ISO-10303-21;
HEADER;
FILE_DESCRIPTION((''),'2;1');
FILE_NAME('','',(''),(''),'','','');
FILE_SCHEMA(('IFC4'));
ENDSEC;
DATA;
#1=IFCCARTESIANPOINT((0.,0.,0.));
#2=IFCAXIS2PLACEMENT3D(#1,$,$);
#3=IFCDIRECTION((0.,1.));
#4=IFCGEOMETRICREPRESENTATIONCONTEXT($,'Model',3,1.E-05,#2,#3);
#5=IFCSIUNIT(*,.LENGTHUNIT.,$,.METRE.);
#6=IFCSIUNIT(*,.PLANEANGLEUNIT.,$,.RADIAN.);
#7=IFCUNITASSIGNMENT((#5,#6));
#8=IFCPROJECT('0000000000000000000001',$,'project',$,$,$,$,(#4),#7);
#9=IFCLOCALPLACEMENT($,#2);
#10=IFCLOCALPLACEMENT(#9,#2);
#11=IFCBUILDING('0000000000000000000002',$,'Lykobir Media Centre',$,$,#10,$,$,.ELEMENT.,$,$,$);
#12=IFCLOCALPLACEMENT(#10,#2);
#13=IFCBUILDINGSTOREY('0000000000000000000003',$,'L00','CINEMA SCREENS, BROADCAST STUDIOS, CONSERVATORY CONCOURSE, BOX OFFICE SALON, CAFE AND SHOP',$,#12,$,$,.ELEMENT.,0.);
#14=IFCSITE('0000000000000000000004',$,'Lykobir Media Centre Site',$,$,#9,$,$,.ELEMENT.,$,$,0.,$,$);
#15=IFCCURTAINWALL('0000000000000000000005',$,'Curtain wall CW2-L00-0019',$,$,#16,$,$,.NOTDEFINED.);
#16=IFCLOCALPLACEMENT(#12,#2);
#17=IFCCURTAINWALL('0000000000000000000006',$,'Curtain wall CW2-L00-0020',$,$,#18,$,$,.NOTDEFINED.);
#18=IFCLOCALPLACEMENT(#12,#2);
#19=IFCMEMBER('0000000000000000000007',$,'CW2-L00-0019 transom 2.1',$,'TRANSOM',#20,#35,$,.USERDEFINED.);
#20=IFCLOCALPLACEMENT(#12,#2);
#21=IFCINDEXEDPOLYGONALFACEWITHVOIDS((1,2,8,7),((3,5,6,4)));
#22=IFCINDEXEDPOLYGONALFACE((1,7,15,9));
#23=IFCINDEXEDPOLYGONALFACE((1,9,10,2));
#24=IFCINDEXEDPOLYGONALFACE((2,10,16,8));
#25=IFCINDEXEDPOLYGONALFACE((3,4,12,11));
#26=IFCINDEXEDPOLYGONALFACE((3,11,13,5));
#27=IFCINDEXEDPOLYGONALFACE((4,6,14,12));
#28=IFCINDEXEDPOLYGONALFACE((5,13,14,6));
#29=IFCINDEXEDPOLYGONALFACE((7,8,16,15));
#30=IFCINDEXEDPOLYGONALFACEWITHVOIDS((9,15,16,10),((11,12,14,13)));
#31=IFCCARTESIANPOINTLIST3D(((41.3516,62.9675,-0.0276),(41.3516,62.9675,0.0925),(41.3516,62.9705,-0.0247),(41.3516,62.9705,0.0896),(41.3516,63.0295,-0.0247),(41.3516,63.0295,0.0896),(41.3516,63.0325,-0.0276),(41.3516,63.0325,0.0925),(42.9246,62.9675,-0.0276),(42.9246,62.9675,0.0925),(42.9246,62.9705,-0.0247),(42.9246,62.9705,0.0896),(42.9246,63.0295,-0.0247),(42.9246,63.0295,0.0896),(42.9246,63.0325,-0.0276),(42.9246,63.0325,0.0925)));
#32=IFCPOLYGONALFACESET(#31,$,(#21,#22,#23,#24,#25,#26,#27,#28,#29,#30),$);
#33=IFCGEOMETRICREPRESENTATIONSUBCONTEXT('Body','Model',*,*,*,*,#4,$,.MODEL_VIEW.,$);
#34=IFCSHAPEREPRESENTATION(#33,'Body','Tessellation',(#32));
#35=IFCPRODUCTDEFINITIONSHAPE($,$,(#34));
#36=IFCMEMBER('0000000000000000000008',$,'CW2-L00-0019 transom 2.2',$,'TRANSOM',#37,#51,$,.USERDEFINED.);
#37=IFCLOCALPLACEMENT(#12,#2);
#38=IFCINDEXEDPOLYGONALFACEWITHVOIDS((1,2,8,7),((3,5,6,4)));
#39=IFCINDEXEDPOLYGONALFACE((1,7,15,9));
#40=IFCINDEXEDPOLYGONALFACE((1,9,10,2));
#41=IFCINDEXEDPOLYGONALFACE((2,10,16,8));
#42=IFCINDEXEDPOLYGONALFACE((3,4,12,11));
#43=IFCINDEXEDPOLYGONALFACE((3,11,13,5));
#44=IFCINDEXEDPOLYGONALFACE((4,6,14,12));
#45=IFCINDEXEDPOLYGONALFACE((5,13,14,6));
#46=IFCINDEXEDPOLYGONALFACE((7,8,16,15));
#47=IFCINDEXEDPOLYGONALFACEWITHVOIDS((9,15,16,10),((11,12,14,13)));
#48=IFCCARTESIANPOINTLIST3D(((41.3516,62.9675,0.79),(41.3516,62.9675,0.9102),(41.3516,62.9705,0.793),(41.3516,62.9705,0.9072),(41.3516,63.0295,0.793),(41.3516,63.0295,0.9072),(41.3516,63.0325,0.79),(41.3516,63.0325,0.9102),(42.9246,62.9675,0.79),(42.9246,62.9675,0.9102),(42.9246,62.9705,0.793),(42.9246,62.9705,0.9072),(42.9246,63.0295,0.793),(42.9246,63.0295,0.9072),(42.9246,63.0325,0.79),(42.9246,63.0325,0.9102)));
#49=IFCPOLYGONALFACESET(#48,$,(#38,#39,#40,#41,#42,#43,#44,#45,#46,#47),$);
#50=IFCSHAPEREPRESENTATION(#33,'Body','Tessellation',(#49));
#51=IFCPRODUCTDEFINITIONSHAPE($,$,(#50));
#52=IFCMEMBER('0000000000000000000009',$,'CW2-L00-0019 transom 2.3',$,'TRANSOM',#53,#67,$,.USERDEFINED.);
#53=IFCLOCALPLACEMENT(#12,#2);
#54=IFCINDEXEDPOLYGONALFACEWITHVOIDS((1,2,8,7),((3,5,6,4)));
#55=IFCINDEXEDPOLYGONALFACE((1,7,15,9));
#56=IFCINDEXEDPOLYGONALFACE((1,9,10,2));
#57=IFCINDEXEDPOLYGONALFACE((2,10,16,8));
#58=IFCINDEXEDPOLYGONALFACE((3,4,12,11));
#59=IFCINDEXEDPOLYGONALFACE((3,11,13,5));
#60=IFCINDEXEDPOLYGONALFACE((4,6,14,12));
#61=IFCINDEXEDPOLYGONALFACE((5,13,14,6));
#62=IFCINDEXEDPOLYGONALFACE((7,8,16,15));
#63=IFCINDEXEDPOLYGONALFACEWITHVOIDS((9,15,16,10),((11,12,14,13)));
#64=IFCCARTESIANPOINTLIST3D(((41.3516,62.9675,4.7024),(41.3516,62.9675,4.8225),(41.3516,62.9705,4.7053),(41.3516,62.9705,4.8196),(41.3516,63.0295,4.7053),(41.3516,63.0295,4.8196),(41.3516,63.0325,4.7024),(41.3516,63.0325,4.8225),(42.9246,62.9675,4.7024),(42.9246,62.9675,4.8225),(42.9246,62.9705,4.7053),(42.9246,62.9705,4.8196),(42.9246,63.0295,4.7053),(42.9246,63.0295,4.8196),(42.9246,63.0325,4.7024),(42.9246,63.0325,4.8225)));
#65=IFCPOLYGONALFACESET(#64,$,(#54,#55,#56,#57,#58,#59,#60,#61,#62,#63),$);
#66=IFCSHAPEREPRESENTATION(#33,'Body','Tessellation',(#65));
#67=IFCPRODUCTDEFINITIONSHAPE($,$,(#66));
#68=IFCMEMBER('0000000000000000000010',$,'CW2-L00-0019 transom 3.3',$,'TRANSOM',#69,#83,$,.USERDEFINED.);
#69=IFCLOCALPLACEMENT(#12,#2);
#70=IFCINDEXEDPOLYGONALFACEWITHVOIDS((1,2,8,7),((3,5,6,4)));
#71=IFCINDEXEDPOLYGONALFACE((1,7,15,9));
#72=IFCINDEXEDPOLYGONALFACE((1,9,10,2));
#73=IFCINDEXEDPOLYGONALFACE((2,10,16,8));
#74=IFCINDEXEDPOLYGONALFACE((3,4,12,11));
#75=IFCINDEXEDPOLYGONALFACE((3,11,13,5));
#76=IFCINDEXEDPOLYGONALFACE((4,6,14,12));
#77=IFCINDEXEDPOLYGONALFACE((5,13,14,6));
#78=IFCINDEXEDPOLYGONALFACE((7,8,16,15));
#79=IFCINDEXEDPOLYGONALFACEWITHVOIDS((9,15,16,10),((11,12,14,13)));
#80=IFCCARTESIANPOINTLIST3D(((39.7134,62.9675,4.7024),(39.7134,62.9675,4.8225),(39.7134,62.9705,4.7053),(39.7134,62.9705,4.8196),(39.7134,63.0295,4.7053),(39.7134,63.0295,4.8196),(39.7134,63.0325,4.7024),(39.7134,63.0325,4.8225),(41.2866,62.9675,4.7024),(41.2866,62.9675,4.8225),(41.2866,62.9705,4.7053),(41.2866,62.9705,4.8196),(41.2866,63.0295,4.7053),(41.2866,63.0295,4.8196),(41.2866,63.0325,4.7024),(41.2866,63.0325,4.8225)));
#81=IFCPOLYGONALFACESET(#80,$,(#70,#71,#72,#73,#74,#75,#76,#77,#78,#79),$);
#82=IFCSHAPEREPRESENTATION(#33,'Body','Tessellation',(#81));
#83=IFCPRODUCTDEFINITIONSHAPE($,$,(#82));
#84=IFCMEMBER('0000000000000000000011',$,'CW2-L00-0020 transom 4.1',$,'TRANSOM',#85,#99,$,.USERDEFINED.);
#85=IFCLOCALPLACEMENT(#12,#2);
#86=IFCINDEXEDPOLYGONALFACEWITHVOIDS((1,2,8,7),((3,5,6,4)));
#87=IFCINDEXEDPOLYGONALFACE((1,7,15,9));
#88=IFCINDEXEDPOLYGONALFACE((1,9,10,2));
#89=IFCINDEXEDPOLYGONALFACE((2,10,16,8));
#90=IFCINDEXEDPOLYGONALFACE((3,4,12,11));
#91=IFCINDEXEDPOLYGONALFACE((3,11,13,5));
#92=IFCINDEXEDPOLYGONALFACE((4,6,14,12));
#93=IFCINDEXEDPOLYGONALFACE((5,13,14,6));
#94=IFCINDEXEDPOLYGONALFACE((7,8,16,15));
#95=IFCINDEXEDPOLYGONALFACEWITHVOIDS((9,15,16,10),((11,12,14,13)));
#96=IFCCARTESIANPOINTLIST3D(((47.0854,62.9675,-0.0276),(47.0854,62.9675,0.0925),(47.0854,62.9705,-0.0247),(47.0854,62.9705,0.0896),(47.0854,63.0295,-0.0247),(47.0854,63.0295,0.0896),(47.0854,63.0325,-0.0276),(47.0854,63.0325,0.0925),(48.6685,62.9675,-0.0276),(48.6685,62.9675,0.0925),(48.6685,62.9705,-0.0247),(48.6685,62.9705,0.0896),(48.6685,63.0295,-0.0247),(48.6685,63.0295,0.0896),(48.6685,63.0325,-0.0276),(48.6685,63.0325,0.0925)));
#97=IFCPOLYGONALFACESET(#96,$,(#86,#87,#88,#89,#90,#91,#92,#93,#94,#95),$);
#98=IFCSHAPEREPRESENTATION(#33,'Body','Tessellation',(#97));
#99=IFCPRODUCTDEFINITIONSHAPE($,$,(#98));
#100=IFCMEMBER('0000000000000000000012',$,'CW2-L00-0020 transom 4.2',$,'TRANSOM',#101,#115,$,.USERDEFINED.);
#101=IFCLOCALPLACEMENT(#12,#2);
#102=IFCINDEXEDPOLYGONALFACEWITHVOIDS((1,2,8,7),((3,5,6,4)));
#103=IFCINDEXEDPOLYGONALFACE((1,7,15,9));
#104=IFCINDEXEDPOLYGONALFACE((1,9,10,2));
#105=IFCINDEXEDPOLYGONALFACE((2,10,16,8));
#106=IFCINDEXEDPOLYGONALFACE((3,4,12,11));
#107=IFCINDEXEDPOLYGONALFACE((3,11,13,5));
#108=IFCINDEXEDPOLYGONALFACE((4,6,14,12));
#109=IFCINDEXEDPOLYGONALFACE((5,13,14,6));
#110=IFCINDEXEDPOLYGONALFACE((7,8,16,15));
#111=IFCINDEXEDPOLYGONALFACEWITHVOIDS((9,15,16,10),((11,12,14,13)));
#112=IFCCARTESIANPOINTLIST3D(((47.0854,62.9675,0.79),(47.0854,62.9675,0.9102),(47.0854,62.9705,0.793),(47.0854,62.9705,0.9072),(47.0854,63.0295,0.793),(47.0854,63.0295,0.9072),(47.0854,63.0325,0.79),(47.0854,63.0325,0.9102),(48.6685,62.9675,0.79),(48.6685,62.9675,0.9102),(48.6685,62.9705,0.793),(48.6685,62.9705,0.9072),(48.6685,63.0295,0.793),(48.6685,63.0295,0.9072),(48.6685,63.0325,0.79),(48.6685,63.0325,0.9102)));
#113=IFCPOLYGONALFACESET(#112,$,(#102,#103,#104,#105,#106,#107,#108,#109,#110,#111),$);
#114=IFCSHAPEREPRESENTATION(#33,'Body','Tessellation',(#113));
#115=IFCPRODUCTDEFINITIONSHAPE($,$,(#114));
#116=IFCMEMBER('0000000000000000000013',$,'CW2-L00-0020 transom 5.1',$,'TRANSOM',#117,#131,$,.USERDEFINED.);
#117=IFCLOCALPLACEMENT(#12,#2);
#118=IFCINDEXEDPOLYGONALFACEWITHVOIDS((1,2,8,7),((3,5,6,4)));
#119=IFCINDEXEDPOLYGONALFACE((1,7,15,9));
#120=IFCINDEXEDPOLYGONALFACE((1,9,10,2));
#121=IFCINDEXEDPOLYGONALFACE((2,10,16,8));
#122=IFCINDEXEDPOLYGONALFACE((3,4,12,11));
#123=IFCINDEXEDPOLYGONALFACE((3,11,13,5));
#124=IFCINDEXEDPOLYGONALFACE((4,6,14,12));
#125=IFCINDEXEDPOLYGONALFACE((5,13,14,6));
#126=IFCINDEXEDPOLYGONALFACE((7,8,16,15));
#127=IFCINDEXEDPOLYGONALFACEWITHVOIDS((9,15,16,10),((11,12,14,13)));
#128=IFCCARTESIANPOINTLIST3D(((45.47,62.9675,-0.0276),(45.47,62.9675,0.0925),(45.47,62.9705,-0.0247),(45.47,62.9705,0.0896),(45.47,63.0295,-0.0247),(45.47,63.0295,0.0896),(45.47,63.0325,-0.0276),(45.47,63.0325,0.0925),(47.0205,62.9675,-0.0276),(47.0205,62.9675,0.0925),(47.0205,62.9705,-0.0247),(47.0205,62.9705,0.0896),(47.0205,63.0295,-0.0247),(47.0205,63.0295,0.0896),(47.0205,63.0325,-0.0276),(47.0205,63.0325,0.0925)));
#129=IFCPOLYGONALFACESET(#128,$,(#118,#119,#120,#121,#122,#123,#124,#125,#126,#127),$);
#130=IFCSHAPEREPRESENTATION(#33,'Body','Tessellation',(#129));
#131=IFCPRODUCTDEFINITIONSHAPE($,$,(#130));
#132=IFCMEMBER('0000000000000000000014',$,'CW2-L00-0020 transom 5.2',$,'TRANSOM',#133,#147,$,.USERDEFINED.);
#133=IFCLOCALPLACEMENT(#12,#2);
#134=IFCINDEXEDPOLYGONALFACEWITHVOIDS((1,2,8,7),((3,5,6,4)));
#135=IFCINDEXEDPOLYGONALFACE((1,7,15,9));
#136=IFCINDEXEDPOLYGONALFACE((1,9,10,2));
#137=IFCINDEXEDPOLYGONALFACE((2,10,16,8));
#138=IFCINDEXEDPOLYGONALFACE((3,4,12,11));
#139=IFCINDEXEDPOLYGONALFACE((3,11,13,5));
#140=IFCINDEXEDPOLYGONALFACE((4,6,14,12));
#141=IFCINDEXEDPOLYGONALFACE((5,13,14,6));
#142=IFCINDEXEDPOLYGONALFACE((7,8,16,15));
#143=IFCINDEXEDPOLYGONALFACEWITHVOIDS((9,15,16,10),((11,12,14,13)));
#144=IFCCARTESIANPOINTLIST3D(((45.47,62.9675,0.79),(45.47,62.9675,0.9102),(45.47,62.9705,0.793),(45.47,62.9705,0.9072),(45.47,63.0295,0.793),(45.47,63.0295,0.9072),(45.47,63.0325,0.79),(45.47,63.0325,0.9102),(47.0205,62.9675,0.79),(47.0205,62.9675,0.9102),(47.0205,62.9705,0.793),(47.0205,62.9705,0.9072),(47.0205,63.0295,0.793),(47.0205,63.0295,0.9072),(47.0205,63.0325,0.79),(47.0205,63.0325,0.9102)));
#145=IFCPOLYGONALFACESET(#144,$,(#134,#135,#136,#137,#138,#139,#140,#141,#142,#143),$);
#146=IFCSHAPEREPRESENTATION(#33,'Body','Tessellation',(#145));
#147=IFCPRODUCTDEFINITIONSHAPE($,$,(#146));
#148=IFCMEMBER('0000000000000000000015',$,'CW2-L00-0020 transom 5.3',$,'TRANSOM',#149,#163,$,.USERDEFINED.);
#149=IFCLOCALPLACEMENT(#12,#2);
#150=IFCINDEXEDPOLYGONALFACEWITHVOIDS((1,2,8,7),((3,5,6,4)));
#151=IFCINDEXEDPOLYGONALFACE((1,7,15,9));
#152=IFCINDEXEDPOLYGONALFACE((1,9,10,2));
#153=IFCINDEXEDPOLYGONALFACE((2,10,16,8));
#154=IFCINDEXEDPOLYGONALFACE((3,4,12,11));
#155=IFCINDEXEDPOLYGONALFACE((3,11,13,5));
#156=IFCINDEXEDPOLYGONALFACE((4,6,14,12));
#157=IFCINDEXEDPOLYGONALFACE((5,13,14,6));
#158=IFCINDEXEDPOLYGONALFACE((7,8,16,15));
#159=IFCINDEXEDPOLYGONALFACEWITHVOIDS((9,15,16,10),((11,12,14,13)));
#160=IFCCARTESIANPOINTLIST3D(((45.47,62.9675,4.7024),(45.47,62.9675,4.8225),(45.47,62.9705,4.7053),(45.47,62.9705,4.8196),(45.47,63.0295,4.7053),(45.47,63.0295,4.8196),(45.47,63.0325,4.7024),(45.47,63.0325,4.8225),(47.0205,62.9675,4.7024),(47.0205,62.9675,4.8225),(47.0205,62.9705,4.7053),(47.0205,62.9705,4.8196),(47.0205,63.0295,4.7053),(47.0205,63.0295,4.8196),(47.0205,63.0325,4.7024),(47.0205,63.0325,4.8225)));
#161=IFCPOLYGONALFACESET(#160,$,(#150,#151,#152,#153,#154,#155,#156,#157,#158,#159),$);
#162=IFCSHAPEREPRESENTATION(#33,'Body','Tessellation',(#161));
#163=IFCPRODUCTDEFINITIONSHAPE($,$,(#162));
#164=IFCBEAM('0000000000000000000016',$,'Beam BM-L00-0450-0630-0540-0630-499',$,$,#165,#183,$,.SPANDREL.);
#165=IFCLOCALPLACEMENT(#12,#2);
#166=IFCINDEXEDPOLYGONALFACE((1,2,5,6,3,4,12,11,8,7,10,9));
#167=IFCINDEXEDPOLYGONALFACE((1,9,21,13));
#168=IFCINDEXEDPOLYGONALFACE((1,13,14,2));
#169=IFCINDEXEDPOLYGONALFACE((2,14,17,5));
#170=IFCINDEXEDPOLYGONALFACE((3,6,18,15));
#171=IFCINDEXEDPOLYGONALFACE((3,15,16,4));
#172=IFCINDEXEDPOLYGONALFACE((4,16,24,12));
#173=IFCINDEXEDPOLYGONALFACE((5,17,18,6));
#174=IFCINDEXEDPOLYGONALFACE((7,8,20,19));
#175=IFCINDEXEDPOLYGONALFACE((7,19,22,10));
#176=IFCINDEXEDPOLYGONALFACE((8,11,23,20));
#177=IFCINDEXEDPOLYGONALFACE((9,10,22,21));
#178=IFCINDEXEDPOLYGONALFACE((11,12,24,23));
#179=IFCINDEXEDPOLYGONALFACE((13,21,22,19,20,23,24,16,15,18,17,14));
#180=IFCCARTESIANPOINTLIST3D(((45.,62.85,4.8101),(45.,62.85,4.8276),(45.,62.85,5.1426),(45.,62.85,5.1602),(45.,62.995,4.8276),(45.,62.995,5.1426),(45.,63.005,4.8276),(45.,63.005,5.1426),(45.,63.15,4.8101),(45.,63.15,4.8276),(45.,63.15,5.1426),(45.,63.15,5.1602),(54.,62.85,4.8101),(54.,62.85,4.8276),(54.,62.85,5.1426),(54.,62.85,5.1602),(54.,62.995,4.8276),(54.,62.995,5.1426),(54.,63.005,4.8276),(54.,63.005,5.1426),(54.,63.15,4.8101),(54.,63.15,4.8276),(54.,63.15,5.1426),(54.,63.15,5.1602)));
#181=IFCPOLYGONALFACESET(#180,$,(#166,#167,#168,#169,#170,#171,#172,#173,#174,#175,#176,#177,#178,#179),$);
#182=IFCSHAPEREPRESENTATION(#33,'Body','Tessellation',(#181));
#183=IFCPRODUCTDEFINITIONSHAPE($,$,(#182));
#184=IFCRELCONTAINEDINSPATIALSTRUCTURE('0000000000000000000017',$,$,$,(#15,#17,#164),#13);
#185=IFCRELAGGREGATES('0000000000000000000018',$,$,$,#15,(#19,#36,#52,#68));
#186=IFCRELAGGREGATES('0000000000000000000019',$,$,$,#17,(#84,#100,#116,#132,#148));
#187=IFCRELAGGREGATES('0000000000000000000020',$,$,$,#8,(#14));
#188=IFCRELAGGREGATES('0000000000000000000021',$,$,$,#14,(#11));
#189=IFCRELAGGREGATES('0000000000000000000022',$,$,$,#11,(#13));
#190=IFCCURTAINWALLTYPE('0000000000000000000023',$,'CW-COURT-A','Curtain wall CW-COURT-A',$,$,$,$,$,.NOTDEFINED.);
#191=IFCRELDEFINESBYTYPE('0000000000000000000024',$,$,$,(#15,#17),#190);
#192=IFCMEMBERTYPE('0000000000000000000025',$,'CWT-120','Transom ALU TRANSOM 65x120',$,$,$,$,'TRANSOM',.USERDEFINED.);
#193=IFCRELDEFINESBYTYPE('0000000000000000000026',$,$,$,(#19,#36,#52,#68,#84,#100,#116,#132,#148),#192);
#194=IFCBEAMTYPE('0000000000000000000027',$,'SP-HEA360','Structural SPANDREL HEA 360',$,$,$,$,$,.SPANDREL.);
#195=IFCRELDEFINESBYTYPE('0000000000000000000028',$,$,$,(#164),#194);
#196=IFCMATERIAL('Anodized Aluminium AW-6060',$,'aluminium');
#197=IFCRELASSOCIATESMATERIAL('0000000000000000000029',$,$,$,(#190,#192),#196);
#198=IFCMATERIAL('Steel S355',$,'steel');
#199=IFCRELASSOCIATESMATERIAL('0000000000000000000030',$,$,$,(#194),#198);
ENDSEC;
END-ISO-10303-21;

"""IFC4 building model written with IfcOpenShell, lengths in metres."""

from ifc_helpers import new_model, si_unit, direction, frame, origin, origin_2d, place, context, subcontext, project, spatial, hollow_rectangle, i_section, extrude, material, material_profile, profile_set, type_object, element, aggregate, save


model = new_model("IFC4")

# Units and contexts
model_context = context("Model", 3, precision=1e-05, world=origin(), true_north=direction((0.0, 1.0)))
body_context = subcontext(model_context, "Body", "Model", "MODEL_VIEW")
ifc_project = project(units=[si_unit("LENGTHUNIT", "METRE"), si_unit("PLANEANGLEUNIT", "RADIAN")], contexts=[model_context])

# Site, building, storey
site_placement = place(None, origin())
site = spatial("IfcSite", under=ifc_project, at=site_placement, Name="Lykobir Media Centre Site", CompositionType="ELEMENT", RefElevation=0.0)
building_placement = place(site_placement, origin())
building = spatial("IfcBuilding", under=site, at=building_placement, Name="Lykobir Media Centre", CompositionType="ELEMENT")
storey_placement = place(building_placement, origin())
storey = spatial("IfcBuildingStorey", under=building, at=storey_placement, Name="L00", Description="CINEMA SCREENS, BROADCAST STUDIOS, CONSERVATORY CONCOURSE, BOX OFFICE SALON, CAFE AND SHOP", CompositionType="ELEMENT", Elevation=0.0)

# Shared definitions
ifc_material_1 = material(Name="Steel S355", Category="steel")

# Curtain walls
ifc_material_2 = material(Name="Anodized Aluminium AW-6060", Category="aluminium")
curtain_wall_type = type_object("IfcCurtainWallType", Name="CW-COURT-A", Description="Curtain wall CW-COURT-A", PredefinedType="NOTDEFINED", material=ifc_material_2)
curtain_wall_1_placement = place(storey_placement, origin())
curtain_wall_1 = element("IfcCurtainWall", 1, at=curtain_wall_1_placement, inside=storey, type_object=curtain_wall_type, Name="Curtain wall CW2-L00-0019", PredefinedType="NOTDEFINED")
curtain_wall_2_placement = place(storey_placement, origin())
curtain_wall_2 = element("IfcCurtainWall", 2, at=curtain_wall_2_placement, inside=storey, type_object=curtain_wall_type, Name="Curtain wall CW2-L00-0020", PredefinedType="NOTDEFINED")

# Members
ifc_material_profile_1 = material_profile(ifc_material_2, hollow_rectangle(XDim=0.0649, YDim=0.1201, WallThickness=0.0029, at=origin_2d()), Name="ALU TRANSOM 65x120")
ifc_profile_set_1 = profile_set([ifc_material_profile_1], Name="Anodized Aluminium AW-6060")
member_type_1 = type_object("IfcMemberType", Name="CWT-120", Description="Transom ALU TRANSOM 65x120", ElementType="TRANSOM", PredefinedType="USERDEFINED", material=ifc_profile_set_1)
member_1_placement = place(storey_placement, frame((42.9246, 63.0, 0.0325), z_axis=(-1.0, 0.0, 0.0), x_axis=(0.0, -1.0, 0.0)))
member_1 = element("IfcMember", 3, at=member_1_placement, type_object=member_type_1, Name="CW2-L00-0019 transom 2.1", ObjectType="TRANSOM", PredefinedType="USERDEFINED", context=body_context, shape_type="SweptSolid", body=[
    extrude(hollow_rectangle(XDim=0.0649, YDim=0.1201, WallThickness=0.0029, at=origin_2d()), origin(), (0.0, 0.0, 1.0), 1.573),
])
member_2_placement = place(storey_placement, frame((42.9246, 63.0, 0.8501), z_axis=(-1.0, 0.0, 0.0), x_axis=(0.0, -1.0, 0.0)))
member_2 = element("IfcMember", 4, at=member_2_placement, type_object=member_type_1, Name="CW2-L00-0019 transom 2.2", ObjectType="TRANSOM", PredefinedType="USERDEFINED", context=body_context, shape_type="SweptSolid", body=[
    extrude(hollow_rectangle(XDim=0.0649, YDim=0.1201, WallThickness=0.0029, at=origin_2d()), origin(), (0.0, 0.0, 1.0), 1.573),
])
member_3_placement = place(storey_placement, frame((42.9246, 63.0, 4.7625), z_axis=(-1.0, 0.0, 0.0), x_axis=(0.0, -1.0, 0.0)))
member_3 = element("IfcMember", 5, at=member_3_placement, type_object=member_type_1, Name="CW2-L00-0019 transom 2.3", ObjectType="TRANSOM", PredefinedType="USERDEFINED", context=body_context, shape_type="SweptSolid", body=[
    extrude(hollow_rectangle(XDim=0.0649, YDim=0.1201, WallThickness=0.0029, at=origin_2d()), origin(), (0.0, 0.0, 1.0), 1.573),
])
member_4_placement = place(storey_placement, frame((41.2866, 63.0, 4.7625), z_axis=(-1.0, 0.0, 0.0), x_axis=(0.0, -1.0, 0.0)))
member_4 = element("IfcMember", 6, at=member_4_placement, type_object=member_type_1, Name="CW2-L00-0019 transom 3.3", ObjectType="TRANSOM", PredefinedType="USERDEFINED", context=body_context, shape_type="SweptSolid", body=[
    extrude(hollow_rectangle(XDim=0.0649, YDim=0.1201, WallThickness=0.0029, at=origin_2d()), origin(), (0.0, 0.0, 1.0), 1.5732),
])
member_5_placement = place(storey_placement, frame((48.6685, 63.0, 0.0325), z_axis=(-1.0, 0.0, 0.0), x_axis=(0.0, -1.0, 0.0)))
member_5 = element("IfcMember", 7, at=member_5_placement, type_object=member_type_1, Name="CW2-L00-0020 transom 4.1", ObjectType="TRANSOM", PredefinedType="USERDEFINED", context=body_context, shape_type="SweptSolid", body=[
    extrude(hollow_rectangle(XDim=0.0649, YDim=0.1201, WallThickness=0.0029, at=origin_2d()), origin(), (0.0, 0.0, 1.0), 1.583),
])
member_6_placement = place(storey_placement, frame((48.6685, 63.0, 0.8501), z_axis=(-1.0, 0.0, 0.0), x_axis=(0.0, -1.0, 0.0)))
member_6 = element("IfcMember", 8, at=member_6_placement, type_object=member_type_1, Name="CW2-L00-0020 transom 4.2", ObjectType="TRANSOM", PredefinedType="USERDEFINED", context=body_context, shape_type="SweptSolid", body=[
    extrude(hollow_rectangle(XDim=0.0649, YDim=0.1201, WallThickness=0.0029, at=origin_2d()), origin(), (0.0, 0.0, 1.0), 1.583),
])
member_7_placement = place(storey_placement, frame((47.0205, 63.0, 0.0325), z_axis=(-1.0, 0.0, 0.0), x_axis=(0.0, -1.0, 0.0)))
member_7 = element("IfcMember", 9, at=member_7_placement, type_object=member_type_1, Name="CW2-L00-0020 transom 5.1", ObjectType="TRANSOM", PredefinedType="USERDEFINED", context=body_context, shape_type="SweptSolid", body=[
    extrude(hollow_rectangle(XDim=0.0649, YDim=0.1201, WallThickness=0.0029, at=origin_2d()), origin(), (0.0, 0.0, 1.0), 1.5505),
])
member_8_placement = place(storey_placement, frame((47.0205, 63.0, 0.8501), z_axis=(-1.0, 0.0, 0.0), x_axis=(0.0, -1.0, 0.0)))
member_8 = element("IfcMember", 10, at=member_8_placement, type_object=member_type_1, Name="CW2-L00-0020 transom 5.2", ObjectType="TRANSOM", PredefinedType="USERDEFINED", context=body_context, shape_type="SweptSolid", body=[
    extrude(hollow_rectangle(XDim=0.0649, YDim=0.1201, WallThickness=0.0029, at=origin_2d()), origin(), (0.0, 0.0, 1.0), 1.5505),
])
member_9_placement = place(storey_placement, frame((47.0205, 63.0, 4.7625), z_axis=(-1.0, 0.0, 0.0), x_axis=(0.0, -1.0, 0.0)))
member_9 = element("IfcMember", 11, at=member_9_placement, type_object=member_type_1, Name="CW2-L00-0020 transom 5.3", ObjectType="TRANSOM", PredefinedType="USERDEFINED", context=body_context, shape_type="SweptSolid", body=[
    extrude(hollow_rectangle(XDim=0.0649, YDim=0.1201, WallThickness=0.0029, at=origin_2d()), origin(), (0.0, 0.0, 1.0), 1.5505),
])

# Beam
ifc_material_profile_2 = material_profile(ifc_material_1, i_section(OverallWidth=0.3, OverallDepth=0.3501, WebThickness=0.01, FlangeThickness=0.0176, at=origin_2d()), Name="HEA 360")
ifc_profile_set_2 = profile_set([ifc_material_profile_2], Name="Steel S355")
beam_type_1 = type_object("IfcBeamType", Name="SP-HEA360", Description="Structural SPANDREL HEA 360", PredefinedType="SPANDREL", material=ifc_profile_set_2)
beam_1_placement = place(storey_placement, frame((45.0, 63.0, 4.9851), z_axis=(1.0, 0.0, 0.0), x_axis=(0.0, 1.0, 0.0)))
element("IfcBeam", 12, at=beam_1_placement, inside=storey, type_object=beam_type_1, Name="Beam BM-L00-0450-0630-0540-0630-499", PredefinedType="SPANDREL", context=body_context, shape_type="SweptSolid", body=[
    extrude(i_section(OverallWidth=0.3, OverallDepth=0.3501, WebThickness=0.01, FlangeThickness=0.0176, at=origin_2d()), origin(), (0.0, 0.0, 1.0), 9.0),
])

aggregate(curtain_wall_1, [member_1, member_2, member_3, member_4])
aggregate(curtain_wall_2, [member_5, member_6, member_7, member_8, member_9])

save(model, "model.ifc")
